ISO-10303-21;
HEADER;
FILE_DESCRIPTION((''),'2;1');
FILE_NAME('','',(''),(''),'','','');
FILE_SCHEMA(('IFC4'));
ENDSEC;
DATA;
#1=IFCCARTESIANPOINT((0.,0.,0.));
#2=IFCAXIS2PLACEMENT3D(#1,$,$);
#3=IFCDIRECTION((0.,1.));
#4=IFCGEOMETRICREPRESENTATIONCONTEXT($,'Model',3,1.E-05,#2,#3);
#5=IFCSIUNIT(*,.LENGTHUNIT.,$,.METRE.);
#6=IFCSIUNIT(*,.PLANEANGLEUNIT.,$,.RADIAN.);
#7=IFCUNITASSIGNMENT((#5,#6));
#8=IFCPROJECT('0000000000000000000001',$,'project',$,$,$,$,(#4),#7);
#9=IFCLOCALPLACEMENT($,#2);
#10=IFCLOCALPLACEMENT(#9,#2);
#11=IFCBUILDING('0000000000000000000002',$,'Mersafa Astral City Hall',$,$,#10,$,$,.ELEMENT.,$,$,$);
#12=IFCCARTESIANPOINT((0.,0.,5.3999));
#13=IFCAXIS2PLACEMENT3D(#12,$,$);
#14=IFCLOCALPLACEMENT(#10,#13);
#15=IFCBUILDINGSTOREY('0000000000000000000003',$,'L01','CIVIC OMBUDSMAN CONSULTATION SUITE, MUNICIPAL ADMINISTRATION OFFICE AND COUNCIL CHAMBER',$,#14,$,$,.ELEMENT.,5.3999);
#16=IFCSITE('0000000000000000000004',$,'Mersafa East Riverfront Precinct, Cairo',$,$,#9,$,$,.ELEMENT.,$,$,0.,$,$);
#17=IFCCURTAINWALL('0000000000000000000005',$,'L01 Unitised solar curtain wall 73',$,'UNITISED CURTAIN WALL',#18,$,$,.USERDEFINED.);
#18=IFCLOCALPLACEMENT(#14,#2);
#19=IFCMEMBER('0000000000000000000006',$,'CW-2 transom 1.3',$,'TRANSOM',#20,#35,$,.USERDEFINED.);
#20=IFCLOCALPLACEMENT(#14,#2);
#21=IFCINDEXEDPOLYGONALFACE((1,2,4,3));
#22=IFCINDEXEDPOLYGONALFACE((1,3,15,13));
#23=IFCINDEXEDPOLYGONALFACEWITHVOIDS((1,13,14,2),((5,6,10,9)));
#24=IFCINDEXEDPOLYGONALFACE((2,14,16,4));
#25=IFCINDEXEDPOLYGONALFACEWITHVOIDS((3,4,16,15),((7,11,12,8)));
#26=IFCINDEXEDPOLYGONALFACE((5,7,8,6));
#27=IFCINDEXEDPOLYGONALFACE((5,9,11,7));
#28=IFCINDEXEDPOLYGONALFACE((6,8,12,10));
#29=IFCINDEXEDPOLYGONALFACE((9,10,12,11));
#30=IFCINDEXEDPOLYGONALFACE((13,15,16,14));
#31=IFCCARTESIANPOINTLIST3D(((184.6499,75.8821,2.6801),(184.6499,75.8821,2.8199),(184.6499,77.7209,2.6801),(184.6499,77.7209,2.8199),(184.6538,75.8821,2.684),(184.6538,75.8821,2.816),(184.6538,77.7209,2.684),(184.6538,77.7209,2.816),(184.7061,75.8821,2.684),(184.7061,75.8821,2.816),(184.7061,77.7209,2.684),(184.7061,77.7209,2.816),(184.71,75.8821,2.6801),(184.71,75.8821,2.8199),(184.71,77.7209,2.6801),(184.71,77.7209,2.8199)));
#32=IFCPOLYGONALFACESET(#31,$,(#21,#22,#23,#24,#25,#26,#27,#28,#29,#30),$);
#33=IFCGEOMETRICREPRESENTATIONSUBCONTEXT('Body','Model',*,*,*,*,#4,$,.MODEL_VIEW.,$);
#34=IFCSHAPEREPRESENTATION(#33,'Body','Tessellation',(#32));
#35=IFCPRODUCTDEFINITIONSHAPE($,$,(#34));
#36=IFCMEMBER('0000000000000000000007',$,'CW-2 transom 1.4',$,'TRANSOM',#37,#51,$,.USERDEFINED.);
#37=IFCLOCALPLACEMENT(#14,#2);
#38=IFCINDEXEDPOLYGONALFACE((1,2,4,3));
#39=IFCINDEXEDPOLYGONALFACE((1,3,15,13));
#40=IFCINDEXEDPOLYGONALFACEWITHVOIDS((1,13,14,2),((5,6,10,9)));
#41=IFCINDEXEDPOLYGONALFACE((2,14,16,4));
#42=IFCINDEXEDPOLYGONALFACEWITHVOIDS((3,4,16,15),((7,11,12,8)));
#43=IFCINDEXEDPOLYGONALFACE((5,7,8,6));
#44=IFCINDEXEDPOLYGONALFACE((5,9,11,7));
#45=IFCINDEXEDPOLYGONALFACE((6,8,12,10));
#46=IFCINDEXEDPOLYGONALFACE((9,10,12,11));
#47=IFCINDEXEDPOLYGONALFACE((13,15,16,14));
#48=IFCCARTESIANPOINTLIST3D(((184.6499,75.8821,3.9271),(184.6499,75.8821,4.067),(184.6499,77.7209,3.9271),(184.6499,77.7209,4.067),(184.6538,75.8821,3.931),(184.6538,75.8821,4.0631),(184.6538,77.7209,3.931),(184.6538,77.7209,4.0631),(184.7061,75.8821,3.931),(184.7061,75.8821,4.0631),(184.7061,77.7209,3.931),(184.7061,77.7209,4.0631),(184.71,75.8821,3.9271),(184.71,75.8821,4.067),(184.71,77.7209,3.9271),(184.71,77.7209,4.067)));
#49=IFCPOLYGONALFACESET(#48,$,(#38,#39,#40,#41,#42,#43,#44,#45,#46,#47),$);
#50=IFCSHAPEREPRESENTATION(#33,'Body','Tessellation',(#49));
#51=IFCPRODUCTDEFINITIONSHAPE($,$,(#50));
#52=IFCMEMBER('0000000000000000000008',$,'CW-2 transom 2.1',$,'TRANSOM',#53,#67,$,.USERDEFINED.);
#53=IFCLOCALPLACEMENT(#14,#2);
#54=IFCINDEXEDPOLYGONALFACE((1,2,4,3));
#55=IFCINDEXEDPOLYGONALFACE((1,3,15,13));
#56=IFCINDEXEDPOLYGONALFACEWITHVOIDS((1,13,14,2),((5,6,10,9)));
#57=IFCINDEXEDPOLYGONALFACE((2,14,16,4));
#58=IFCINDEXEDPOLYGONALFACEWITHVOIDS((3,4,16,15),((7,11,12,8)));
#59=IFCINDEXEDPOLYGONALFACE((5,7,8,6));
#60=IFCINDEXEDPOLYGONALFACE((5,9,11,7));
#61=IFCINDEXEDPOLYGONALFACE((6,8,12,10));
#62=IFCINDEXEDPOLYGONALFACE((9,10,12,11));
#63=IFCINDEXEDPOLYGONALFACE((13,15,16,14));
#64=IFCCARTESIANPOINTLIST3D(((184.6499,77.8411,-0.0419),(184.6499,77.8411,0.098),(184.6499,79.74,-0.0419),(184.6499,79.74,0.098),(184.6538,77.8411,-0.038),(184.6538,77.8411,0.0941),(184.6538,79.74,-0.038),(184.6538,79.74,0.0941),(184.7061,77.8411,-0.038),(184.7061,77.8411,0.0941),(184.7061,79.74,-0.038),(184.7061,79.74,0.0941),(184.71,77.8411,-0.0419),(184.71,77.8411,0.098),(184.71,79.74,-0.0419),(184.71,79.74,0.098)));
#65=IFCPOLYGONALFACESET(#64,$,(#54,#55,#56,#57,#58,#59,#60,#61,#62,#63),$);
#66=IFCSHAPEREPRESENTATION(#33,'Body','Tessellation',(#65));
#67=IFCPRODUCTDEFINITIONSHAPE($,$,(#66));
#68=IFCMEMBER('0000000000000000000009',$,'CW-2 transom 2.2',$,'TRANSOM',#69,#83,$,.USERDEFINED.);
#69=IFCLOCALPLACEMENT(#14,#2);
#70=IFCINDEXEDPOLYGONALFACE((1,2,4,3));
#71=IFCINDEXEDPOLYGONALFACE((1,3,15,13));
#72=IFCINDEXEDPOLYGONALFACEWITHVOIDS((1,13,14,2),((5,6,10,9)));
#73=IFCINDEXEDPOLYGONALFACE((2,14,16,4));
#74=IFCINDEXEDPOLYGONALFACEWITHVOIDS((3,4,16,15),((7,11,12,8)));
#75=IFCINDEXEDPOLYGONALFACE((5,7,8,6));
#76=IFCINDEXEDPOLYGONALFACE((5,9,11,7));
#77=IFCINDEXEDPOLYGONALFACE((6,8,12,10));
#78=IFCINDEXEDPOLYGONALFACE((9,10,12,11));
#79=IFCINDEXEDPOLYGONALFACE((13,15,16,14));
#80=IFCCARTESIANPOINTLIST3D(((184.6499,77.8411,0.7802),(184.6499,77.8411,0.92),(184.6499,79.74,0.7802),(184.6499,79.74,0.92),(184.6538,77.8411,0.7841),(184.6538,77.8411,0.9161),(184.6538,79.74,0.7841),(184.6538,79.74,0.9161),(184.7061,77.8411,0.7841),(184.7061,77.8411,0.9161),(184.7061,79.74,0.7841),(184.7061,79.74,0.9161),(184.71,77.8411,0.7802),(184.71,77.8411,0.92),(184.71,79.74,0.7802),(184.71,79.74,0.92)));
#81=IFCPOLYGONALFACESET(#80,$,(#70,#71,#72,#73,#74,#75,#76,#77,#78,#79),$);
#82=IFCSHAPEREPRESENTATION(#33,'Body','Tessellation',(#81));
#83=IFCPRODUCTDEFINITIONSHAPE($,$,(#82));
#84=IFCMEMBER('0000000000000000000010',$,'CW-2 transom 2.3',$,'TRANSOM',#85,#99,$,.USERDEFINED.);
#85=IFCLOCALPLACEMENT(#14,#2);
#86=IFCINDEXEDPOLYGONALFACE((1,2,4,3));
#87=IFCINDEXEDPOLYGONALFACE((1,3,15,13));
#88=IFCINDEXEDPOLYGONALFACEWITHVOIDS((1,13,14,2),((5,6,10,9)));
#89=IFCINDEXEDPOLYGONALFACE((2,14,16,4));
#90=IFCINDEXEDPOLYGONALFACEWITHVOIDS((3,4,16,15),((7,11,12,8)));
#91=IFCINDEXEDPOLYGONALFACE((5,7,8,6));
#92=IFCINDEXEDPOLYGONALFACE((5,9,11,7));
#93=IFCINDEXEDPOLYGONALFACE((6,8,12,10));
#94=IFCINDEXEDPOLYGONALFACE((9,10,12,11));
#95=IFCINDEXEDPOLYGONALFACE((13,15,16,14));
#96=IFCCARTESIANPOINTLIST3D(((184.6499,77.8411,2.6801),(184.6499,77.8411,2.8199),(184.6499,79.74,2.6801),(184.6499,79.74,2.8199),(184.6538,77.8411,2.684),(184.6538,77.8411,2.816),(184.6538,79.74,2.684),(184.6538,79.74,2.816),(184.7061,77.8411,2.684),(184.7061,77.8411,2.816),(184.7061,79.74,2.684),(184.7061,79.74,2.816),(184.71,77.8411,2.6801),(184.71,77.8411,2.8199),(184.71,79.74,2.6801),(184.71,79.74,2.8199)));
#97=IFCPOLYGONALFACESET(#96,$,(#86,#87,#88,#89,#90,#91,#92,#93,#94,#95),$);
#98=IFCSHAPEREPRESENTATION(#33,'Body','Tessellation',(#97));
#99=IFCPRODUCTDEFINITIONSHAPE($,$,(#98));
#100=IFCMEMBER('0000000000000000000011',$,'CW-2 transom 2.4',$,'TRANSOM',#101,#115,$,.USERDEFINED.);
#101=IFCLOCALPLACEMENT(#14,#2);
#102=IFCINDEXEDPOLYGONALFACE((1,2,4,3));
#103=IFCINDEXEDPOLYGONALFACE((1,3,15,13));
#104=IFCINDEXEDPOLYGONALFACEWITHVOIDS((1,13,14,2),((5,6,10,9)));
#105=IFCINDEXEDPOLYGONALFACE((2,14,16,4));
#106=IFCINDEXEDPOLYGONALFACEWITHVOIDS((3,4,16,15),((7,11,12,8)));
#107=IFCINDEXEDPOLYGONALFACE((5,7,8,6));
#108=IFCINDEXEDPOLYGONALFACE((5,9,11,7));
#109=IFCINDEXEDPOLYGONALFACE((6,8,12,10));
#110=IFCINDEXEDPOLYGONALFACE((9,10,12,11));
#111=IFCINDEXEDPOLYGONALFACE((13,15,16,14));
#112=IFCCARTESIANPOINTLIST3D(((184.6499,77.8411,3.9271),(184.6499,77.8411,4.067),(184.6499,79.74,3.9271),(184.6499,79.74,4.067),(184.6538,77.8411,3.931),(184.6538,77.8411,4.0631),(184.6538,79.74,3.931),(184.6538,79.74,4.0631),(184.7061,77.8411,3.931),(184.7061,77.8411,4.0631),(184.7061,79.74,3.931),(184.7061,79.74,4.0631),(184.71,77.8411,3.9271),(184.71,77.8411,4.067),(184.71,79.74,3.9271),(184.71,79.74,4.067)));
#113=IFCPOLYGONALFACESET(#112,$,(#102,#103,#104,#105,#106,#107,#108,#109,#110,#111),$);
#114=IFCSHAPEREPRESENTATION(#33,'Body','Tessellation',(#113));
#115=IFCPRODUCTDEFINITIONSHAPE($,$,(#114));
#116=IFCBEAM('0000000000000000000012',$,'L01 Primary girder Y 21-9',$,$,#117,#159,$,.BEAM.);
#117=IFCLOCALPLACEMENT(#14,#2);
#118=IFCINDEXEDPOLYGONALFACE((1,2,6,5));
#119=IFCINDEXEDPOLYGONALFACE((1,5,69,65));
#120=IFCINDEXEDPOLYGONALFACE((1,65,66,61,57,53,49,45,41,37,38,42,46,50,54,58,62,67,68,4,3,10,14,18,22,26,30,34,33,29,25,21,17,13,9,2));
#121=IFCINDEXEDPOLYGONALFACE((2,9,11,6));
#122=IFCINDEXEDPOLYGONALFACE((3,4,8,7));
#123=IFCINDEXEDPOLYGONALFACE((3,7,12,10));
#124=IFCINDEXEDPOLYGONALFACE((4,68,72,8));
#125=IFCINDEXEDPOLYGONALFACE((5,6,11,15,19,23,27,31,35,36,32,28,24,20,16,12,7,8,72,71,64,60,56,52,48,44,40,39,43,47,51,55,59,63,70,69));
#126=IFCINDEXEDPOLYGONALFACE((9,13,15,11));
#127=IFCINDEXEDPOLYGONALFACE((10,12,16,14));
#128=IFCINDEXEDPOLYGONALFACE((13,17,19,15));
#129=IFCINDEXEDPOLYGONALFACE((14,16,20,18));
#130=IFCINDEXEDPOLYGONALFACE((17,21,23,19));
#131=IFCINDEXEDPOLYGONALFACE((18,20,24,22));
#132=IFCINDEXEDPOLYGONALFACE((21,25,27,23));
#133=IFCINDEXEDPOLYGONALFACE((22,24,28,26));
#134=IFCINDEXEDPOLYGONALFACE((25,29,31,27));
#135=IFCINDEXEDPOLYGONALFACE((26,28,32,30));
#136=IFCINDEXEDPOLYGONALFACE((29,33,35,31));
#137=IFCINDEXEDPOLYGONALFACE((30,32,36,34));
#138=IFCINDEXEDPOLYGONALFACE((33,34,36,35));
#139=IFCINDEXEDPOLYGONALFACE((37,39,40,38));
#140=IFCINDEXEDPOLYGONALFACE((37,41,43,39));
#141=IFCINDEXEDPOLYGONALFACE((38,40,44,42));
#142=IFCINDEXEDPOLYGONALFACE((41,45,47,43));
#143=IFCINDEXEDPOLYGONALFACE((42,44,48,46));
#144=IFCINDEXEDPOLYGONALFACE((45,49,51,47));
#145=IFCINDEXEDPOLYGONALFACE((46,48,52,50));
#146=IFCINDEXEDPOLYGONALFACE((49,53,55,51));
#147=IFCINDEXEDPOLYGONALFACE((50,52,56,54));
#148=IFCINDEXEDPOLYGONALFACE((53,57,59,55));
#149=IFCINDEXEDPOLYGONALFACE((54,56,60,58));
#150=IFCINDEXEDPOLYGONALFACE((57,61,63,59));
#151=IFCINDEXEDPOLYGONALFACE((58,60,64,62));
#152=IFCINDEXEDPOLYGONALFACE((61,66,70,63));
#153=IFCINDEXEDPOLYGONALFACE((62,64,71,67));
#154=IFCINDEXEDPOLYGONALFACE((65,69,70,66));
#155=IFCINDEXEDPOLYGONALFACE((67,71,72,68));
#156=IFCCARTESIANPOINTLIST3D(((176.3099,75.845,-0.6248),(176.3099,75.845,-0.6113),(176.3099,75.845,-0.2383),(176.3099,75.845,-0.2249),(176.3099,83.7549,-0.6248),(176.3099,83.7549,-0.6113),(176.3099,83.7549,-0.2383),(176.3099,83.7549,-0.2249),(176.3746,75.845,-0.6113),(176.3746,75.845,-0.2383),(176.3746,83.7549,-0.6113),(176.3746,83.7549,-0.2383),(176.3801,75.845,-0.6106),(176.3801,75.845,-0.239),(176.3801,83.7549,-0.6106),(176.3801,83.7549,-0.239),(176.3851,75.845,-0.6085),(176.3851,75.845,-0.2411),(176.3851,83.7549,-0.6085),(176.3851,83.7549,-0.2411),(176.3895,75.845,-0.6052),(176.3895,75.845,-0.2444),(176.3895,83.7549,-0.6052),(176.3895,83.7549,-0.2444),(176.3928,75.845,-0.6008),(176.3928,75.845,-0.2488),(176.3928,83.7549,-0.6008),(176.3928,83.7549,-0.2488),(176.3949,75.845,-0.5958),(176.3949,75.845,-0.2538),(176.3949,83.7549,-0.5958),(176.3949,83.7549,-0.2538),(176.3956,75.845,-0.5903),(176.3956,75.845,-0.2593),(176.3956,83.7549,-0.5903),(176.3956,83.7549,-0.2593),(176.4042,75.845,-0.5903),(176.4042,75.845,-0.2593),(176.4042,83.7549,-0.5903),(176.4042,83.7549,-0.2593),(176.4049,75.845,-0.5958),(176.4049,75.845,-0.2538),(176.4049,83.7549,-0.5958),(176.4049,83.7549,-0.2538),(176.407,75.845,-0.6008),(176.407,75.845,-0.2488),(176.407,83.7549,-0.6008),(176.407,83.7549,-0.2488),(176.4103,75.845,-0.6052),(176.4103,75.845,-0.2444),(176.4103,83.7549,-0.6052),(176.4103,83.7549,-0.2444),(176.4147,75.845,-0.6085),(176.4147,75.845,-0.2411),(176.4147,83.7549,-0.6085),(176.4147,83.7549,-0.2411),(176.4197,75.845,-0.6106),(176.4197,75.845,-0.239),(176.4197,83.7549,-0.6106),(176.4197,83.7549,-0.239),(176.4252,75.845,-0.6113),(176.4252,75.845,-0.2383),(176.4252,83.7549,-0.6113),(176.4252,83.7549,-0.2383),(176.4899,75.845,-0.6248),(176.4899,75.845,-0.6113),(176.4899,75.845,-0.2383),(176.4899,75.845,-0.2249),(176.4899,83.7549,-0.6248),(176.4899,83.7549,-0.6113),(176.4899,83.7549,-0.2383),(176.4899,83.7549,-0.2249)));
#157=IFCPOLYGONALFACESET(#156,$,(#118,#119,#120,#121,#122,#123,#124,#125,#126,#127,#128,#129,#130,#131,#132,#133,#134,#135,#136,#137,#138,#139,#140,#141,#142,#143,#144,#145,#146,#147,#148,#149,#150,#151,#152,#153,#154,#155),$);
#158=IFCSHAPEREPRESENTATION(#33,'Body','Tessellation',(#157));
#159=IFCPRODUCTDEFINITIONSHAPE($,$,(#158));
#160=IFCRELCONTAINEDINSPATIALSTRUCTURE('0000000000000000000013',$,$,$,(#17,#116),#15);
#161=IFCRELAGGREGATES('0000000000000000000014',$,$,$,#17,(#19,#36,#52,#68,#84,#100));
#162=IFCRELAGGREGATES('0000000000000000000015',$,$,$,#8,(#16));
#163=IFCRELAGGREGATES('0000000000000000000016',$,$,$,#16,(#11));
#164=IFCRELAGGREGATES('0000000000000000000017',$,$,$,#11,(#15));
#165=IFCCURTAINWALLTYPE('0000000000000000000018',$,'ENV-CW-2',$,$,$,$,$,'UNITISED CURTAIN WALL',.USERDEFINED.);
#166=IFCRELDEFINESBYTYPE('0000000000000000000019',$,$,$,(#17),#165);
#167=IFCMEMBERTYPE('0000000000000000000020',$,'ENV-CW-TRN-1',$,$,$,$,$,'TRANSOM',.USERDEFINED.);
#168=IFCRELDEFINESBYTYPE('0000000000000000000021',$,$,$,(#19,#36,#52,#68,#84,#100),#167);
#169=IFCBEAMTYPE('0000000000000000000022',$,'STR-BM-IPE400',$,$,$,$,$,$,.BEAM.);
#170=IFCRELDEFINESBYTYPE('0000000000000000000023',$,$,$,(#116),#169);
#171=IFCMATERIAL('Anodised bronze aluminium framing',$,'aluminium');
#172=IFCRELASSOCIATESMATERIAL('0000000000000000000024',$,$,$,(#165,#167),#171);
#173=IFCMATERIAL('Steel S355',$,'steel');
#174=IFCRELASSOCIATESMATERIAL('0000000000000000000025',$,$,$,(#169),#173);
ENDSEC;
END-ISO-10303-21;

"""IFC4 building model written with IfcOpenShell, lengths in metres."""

from ifc_helpers import new_model, si_unit, direction, frame, origin, origin_2d, place, context, subcontext, project, spatial, hollow_rectangle, i_section, extrude, material, material_profile, profile_set, type_object, element, aggregate, save


model = new_model("IFC4")

# Units and contexts
model_context = context("Model", 3, precision=1e-05, world=origin(), true_north=direction((0.0, 1.0)))
body_context = subcontext(model_context, "Body", "Model", "MODEL_VIEW")
ifc_project = project(units=[si_unit("LENGTHUNIT", "METRE"), si_unit("PLANEANGLEUNIT", "RADIAN")], contexts=[model_context])

# Site, building, storey
site_placement = place(None, origin())
site = spatial("IfcSite", under=ifc_project, at=site_placement, Name="Mersafa East Riverfront Precinct, Cairo", CompositionType="ELEMENT", RefElevation=0.0)
building_placement = place(site_placement, origin())
building = spatial("IfcBuilding", under=site, at=building_placement, Name="Mersafa Astral City Hall", CompositionType="ELEMENT")
storey_placement = place(building_placement, frame((0.0, 0.0, 5.3999)))
storey = spatial("IfcBuildingStorey", under=building, at=storey_placement, Name="L01", Description="CIVIC OMBUDSMAN CONSULTATION SUITE, MUNICIPAL ADMINISTRATION OFFICE AND COUNCIL CHAMBER", CompositionType="ELEMENT", Elevation=5.3999)

# Shared definitions
ifc_material_1 = material(Name="Steel S355", Category="steel")

# Curtain wall, members
ifc_material_2 = material(Name="Anodised bronze aluminium framing", Category="aluminium")
curtain_wall_type = type_object("IfcCurtainWallType", Name="ENV-CW-2", ElementType="UNITISED CURTAIN WALL", PredefinedType="USERDEFINED", material=ifc_material_2)
curtain_wall_placement = place(storey_placement, origin())
curtain_wall = element("IfcCurtainWall", 1, at=curtain_wall_placement, inside=storey, type_object=curtain_wall_type, Name="L01 Unitised solar curtain wall 73", ObjectType="UNITISED CURTAIN WALL", PredefinedType="USERDEFINED")
ifc_material_profile_1 = material_profile(ifc_material_2, hollow_rectangle(XDim=0.0601, YDim=0.1399, WallThickness=0.0039, at=origin_2d()), Name="RHS 60x140x4")
ifc_profile_set_1 = profile_set([ifc_material_profile_1], Name="Anodised bronze aluminium framing")
member_type_1 = type_object("IfcMemberType", Name="ENV-CW-TRN-1", ElementType="TRANSOM", PredefinedType="USERDEFINED", material=ifc_profile_set_1)
member_1_placement = place(storey_placement, frame((184.6799, 75.8821, 2.75), z_axis=(0.0, 1.0, 0.0), x_axis=(-1.0, 0.0, 0.0)))
member_1 = element("IfcMember", 2, at=member_1_placement, type_object=member_type_1, Name="CW-2 transom 1.3", ObjectType="TRANSOM", PredefinedType="USERDEFINED", context=body_context, shape_type="SweptSolid", body=[
    extrude(hollow_rectangle(XDim=0.0601, YDim=0.1399, WallThickness=0.0039, at=origin_2d()), origin(), (0.0, 0.0, 1.0), 1.8389),
])
member_2_placement = place(storey_placement, frame((184.6799, 75.8821, 3.9971), z_axis=(0.0, 1.0, 0.0), x_axis=(-1.0, 0.0, 0.0)))
member_2 = element("IfcMember", 3, at=member_2_placement, type_object=member_type_1, Name="CW-2 transom 1.4", ObjectType="TRANSOM", PredefinedType="USERDEFINED", context=body_context, shape_type="SweptSolid", body=[
    extrude(hollow_rectangle(XDim=0.0601, YDim=0.1399, WallThickness=0.0039, at=origin_2d()), origin(), (0.0, 0.0, 1.0), 1.8389),
])
member_3_placement = place(storey_placement, frame((184.6799, 77.8411, 0.0281), z_axis=(0.0, 1.0, 0.0), x_axis=(-1.0, 0.0, 0.0)))
member_3 = element("IfcMember", 4, at=member_3_placement, type_object=member_type_1, Name="CW-2 transom 2.1", ObjectType="TRANSOM", PredefinedType="USERDEFINED", context=body_context, shape_type="SweptSolid", body=[
    extrude(hollow_rectangle(XDim=0.0601, YDim=0.1399, WallThickness=0.0039, at=origin_2d()), origin(), (0.0, 0.0, 1.0), 1.8989),
])
member_4_placement = place(storey_placement, frame((184.6799, 77.8411, 0.8501), z_axis=(0.0, 1.0, 0.0), x_axis=(-1.0, 0.0, 0.0)))
member_4 = element("IfcMember", 5, at=member_4_placement, type_object=member_type_1, Name="CW-2 transom 2.2", ObjectType="TRANSOM", PredefinedType="USERDEFINED", context=body_context, shape_type="SweptSolid", body=[
    extrude(hollow_rectangle(XDim=0.0601, YDim=0.1399, WallThickness=0.0039, at=origin_2d()), origin(), (0.0, 0.0, 1.0), 1.8989),
])
member_5_placement = place(storey_placement, frame((184.6799, 77.8411, 2.75), z_axis=(0.0, 1.0, 0.0), x_axis=(-1.0, 0.0, 0.0)))
member_5 = element("IfcMember", 6, at=member_5_placement, type_object=member_type_1, Name="CW-2 transom 2.3", ObjectType="TRANSOM", PredefinedType="USERDEFINED", context=body_context, shape_type="SweptSolid", body=[
    extrude(hollow_rectangle(XDim=0.0601, YDim=0.1399, WallThickness=0.0039, at=origin_2d()), origin(), (0.0, 0.0, 1.0), 1.8989),
])
member_6_placement = place(storey_placement, frame((184.6799, 77.8411, 3.9971), z_axis=(0.0, 1.0, 0.0), x_axis=(-1.0, 0.0, 0.0)))
member_6 = element("IfcMember", 7, at=member_6_placement, type_object=member_type_1, Name="CW-2 transom 2.4", ObjectType="TRANSOM", PredefinedType="USERDEFINED", context=body_context, shape_type="SweptSolid", body=[
    extrude(hollow_rectangle(XDim=0.0601, YDim=0.1399, WallThickness=0.0039, at=origin_2d()), origin(), (0.0, 0.0, 1.0), 1.8989),
])

# Beam
ifc_material_profile_2 = material_profile(ifc_material_1, i_section(OverallWidth=0.1799, OverallDepth=0.3999, WebThickness=0.0085, FlangeThickness=0.0134, FilletRadius=0.021, at=origin_2d()), Name="IPE 400")
ifc_profile_set_2 = profile_set([ifc_material_profile_2], Name="Steel S355")
beam_type_1 = type_object("IfcBeamType", Name="STR-BM-IPE400", PredefinedType="BEAM", material=ifc_profile_set_2)
beam_1_placement = place(storey_placement, frame((176.3999, 75.845, -0.4248), z_axis=(0.0, 1.0, 0.0), x_axis=(-1.0, 0.0, 0.0)))
element("IfcBeam", 8, at=beam_1_placement, inside=storey, type_object=beam_type_1, Name="L01 Primary girder Y 21-9", PredefinedType="BEAM", context=body_context, shape_type="SweptSolid", body=[
    extrude(i_section(OverallWidth=0.1799, OverallDepth=0.3999, WebThickness=0.0085, FlangeThickness=0.0134, FilletRadius=0.021, at=origin_2d()), origin(), (0.0, 0.0, 1.0), 7.9099),
])

aggregate(curtain_wall, [member_1, member_2, member_3, member_4, member_5, member_6])

save(model, "model.ifc")
